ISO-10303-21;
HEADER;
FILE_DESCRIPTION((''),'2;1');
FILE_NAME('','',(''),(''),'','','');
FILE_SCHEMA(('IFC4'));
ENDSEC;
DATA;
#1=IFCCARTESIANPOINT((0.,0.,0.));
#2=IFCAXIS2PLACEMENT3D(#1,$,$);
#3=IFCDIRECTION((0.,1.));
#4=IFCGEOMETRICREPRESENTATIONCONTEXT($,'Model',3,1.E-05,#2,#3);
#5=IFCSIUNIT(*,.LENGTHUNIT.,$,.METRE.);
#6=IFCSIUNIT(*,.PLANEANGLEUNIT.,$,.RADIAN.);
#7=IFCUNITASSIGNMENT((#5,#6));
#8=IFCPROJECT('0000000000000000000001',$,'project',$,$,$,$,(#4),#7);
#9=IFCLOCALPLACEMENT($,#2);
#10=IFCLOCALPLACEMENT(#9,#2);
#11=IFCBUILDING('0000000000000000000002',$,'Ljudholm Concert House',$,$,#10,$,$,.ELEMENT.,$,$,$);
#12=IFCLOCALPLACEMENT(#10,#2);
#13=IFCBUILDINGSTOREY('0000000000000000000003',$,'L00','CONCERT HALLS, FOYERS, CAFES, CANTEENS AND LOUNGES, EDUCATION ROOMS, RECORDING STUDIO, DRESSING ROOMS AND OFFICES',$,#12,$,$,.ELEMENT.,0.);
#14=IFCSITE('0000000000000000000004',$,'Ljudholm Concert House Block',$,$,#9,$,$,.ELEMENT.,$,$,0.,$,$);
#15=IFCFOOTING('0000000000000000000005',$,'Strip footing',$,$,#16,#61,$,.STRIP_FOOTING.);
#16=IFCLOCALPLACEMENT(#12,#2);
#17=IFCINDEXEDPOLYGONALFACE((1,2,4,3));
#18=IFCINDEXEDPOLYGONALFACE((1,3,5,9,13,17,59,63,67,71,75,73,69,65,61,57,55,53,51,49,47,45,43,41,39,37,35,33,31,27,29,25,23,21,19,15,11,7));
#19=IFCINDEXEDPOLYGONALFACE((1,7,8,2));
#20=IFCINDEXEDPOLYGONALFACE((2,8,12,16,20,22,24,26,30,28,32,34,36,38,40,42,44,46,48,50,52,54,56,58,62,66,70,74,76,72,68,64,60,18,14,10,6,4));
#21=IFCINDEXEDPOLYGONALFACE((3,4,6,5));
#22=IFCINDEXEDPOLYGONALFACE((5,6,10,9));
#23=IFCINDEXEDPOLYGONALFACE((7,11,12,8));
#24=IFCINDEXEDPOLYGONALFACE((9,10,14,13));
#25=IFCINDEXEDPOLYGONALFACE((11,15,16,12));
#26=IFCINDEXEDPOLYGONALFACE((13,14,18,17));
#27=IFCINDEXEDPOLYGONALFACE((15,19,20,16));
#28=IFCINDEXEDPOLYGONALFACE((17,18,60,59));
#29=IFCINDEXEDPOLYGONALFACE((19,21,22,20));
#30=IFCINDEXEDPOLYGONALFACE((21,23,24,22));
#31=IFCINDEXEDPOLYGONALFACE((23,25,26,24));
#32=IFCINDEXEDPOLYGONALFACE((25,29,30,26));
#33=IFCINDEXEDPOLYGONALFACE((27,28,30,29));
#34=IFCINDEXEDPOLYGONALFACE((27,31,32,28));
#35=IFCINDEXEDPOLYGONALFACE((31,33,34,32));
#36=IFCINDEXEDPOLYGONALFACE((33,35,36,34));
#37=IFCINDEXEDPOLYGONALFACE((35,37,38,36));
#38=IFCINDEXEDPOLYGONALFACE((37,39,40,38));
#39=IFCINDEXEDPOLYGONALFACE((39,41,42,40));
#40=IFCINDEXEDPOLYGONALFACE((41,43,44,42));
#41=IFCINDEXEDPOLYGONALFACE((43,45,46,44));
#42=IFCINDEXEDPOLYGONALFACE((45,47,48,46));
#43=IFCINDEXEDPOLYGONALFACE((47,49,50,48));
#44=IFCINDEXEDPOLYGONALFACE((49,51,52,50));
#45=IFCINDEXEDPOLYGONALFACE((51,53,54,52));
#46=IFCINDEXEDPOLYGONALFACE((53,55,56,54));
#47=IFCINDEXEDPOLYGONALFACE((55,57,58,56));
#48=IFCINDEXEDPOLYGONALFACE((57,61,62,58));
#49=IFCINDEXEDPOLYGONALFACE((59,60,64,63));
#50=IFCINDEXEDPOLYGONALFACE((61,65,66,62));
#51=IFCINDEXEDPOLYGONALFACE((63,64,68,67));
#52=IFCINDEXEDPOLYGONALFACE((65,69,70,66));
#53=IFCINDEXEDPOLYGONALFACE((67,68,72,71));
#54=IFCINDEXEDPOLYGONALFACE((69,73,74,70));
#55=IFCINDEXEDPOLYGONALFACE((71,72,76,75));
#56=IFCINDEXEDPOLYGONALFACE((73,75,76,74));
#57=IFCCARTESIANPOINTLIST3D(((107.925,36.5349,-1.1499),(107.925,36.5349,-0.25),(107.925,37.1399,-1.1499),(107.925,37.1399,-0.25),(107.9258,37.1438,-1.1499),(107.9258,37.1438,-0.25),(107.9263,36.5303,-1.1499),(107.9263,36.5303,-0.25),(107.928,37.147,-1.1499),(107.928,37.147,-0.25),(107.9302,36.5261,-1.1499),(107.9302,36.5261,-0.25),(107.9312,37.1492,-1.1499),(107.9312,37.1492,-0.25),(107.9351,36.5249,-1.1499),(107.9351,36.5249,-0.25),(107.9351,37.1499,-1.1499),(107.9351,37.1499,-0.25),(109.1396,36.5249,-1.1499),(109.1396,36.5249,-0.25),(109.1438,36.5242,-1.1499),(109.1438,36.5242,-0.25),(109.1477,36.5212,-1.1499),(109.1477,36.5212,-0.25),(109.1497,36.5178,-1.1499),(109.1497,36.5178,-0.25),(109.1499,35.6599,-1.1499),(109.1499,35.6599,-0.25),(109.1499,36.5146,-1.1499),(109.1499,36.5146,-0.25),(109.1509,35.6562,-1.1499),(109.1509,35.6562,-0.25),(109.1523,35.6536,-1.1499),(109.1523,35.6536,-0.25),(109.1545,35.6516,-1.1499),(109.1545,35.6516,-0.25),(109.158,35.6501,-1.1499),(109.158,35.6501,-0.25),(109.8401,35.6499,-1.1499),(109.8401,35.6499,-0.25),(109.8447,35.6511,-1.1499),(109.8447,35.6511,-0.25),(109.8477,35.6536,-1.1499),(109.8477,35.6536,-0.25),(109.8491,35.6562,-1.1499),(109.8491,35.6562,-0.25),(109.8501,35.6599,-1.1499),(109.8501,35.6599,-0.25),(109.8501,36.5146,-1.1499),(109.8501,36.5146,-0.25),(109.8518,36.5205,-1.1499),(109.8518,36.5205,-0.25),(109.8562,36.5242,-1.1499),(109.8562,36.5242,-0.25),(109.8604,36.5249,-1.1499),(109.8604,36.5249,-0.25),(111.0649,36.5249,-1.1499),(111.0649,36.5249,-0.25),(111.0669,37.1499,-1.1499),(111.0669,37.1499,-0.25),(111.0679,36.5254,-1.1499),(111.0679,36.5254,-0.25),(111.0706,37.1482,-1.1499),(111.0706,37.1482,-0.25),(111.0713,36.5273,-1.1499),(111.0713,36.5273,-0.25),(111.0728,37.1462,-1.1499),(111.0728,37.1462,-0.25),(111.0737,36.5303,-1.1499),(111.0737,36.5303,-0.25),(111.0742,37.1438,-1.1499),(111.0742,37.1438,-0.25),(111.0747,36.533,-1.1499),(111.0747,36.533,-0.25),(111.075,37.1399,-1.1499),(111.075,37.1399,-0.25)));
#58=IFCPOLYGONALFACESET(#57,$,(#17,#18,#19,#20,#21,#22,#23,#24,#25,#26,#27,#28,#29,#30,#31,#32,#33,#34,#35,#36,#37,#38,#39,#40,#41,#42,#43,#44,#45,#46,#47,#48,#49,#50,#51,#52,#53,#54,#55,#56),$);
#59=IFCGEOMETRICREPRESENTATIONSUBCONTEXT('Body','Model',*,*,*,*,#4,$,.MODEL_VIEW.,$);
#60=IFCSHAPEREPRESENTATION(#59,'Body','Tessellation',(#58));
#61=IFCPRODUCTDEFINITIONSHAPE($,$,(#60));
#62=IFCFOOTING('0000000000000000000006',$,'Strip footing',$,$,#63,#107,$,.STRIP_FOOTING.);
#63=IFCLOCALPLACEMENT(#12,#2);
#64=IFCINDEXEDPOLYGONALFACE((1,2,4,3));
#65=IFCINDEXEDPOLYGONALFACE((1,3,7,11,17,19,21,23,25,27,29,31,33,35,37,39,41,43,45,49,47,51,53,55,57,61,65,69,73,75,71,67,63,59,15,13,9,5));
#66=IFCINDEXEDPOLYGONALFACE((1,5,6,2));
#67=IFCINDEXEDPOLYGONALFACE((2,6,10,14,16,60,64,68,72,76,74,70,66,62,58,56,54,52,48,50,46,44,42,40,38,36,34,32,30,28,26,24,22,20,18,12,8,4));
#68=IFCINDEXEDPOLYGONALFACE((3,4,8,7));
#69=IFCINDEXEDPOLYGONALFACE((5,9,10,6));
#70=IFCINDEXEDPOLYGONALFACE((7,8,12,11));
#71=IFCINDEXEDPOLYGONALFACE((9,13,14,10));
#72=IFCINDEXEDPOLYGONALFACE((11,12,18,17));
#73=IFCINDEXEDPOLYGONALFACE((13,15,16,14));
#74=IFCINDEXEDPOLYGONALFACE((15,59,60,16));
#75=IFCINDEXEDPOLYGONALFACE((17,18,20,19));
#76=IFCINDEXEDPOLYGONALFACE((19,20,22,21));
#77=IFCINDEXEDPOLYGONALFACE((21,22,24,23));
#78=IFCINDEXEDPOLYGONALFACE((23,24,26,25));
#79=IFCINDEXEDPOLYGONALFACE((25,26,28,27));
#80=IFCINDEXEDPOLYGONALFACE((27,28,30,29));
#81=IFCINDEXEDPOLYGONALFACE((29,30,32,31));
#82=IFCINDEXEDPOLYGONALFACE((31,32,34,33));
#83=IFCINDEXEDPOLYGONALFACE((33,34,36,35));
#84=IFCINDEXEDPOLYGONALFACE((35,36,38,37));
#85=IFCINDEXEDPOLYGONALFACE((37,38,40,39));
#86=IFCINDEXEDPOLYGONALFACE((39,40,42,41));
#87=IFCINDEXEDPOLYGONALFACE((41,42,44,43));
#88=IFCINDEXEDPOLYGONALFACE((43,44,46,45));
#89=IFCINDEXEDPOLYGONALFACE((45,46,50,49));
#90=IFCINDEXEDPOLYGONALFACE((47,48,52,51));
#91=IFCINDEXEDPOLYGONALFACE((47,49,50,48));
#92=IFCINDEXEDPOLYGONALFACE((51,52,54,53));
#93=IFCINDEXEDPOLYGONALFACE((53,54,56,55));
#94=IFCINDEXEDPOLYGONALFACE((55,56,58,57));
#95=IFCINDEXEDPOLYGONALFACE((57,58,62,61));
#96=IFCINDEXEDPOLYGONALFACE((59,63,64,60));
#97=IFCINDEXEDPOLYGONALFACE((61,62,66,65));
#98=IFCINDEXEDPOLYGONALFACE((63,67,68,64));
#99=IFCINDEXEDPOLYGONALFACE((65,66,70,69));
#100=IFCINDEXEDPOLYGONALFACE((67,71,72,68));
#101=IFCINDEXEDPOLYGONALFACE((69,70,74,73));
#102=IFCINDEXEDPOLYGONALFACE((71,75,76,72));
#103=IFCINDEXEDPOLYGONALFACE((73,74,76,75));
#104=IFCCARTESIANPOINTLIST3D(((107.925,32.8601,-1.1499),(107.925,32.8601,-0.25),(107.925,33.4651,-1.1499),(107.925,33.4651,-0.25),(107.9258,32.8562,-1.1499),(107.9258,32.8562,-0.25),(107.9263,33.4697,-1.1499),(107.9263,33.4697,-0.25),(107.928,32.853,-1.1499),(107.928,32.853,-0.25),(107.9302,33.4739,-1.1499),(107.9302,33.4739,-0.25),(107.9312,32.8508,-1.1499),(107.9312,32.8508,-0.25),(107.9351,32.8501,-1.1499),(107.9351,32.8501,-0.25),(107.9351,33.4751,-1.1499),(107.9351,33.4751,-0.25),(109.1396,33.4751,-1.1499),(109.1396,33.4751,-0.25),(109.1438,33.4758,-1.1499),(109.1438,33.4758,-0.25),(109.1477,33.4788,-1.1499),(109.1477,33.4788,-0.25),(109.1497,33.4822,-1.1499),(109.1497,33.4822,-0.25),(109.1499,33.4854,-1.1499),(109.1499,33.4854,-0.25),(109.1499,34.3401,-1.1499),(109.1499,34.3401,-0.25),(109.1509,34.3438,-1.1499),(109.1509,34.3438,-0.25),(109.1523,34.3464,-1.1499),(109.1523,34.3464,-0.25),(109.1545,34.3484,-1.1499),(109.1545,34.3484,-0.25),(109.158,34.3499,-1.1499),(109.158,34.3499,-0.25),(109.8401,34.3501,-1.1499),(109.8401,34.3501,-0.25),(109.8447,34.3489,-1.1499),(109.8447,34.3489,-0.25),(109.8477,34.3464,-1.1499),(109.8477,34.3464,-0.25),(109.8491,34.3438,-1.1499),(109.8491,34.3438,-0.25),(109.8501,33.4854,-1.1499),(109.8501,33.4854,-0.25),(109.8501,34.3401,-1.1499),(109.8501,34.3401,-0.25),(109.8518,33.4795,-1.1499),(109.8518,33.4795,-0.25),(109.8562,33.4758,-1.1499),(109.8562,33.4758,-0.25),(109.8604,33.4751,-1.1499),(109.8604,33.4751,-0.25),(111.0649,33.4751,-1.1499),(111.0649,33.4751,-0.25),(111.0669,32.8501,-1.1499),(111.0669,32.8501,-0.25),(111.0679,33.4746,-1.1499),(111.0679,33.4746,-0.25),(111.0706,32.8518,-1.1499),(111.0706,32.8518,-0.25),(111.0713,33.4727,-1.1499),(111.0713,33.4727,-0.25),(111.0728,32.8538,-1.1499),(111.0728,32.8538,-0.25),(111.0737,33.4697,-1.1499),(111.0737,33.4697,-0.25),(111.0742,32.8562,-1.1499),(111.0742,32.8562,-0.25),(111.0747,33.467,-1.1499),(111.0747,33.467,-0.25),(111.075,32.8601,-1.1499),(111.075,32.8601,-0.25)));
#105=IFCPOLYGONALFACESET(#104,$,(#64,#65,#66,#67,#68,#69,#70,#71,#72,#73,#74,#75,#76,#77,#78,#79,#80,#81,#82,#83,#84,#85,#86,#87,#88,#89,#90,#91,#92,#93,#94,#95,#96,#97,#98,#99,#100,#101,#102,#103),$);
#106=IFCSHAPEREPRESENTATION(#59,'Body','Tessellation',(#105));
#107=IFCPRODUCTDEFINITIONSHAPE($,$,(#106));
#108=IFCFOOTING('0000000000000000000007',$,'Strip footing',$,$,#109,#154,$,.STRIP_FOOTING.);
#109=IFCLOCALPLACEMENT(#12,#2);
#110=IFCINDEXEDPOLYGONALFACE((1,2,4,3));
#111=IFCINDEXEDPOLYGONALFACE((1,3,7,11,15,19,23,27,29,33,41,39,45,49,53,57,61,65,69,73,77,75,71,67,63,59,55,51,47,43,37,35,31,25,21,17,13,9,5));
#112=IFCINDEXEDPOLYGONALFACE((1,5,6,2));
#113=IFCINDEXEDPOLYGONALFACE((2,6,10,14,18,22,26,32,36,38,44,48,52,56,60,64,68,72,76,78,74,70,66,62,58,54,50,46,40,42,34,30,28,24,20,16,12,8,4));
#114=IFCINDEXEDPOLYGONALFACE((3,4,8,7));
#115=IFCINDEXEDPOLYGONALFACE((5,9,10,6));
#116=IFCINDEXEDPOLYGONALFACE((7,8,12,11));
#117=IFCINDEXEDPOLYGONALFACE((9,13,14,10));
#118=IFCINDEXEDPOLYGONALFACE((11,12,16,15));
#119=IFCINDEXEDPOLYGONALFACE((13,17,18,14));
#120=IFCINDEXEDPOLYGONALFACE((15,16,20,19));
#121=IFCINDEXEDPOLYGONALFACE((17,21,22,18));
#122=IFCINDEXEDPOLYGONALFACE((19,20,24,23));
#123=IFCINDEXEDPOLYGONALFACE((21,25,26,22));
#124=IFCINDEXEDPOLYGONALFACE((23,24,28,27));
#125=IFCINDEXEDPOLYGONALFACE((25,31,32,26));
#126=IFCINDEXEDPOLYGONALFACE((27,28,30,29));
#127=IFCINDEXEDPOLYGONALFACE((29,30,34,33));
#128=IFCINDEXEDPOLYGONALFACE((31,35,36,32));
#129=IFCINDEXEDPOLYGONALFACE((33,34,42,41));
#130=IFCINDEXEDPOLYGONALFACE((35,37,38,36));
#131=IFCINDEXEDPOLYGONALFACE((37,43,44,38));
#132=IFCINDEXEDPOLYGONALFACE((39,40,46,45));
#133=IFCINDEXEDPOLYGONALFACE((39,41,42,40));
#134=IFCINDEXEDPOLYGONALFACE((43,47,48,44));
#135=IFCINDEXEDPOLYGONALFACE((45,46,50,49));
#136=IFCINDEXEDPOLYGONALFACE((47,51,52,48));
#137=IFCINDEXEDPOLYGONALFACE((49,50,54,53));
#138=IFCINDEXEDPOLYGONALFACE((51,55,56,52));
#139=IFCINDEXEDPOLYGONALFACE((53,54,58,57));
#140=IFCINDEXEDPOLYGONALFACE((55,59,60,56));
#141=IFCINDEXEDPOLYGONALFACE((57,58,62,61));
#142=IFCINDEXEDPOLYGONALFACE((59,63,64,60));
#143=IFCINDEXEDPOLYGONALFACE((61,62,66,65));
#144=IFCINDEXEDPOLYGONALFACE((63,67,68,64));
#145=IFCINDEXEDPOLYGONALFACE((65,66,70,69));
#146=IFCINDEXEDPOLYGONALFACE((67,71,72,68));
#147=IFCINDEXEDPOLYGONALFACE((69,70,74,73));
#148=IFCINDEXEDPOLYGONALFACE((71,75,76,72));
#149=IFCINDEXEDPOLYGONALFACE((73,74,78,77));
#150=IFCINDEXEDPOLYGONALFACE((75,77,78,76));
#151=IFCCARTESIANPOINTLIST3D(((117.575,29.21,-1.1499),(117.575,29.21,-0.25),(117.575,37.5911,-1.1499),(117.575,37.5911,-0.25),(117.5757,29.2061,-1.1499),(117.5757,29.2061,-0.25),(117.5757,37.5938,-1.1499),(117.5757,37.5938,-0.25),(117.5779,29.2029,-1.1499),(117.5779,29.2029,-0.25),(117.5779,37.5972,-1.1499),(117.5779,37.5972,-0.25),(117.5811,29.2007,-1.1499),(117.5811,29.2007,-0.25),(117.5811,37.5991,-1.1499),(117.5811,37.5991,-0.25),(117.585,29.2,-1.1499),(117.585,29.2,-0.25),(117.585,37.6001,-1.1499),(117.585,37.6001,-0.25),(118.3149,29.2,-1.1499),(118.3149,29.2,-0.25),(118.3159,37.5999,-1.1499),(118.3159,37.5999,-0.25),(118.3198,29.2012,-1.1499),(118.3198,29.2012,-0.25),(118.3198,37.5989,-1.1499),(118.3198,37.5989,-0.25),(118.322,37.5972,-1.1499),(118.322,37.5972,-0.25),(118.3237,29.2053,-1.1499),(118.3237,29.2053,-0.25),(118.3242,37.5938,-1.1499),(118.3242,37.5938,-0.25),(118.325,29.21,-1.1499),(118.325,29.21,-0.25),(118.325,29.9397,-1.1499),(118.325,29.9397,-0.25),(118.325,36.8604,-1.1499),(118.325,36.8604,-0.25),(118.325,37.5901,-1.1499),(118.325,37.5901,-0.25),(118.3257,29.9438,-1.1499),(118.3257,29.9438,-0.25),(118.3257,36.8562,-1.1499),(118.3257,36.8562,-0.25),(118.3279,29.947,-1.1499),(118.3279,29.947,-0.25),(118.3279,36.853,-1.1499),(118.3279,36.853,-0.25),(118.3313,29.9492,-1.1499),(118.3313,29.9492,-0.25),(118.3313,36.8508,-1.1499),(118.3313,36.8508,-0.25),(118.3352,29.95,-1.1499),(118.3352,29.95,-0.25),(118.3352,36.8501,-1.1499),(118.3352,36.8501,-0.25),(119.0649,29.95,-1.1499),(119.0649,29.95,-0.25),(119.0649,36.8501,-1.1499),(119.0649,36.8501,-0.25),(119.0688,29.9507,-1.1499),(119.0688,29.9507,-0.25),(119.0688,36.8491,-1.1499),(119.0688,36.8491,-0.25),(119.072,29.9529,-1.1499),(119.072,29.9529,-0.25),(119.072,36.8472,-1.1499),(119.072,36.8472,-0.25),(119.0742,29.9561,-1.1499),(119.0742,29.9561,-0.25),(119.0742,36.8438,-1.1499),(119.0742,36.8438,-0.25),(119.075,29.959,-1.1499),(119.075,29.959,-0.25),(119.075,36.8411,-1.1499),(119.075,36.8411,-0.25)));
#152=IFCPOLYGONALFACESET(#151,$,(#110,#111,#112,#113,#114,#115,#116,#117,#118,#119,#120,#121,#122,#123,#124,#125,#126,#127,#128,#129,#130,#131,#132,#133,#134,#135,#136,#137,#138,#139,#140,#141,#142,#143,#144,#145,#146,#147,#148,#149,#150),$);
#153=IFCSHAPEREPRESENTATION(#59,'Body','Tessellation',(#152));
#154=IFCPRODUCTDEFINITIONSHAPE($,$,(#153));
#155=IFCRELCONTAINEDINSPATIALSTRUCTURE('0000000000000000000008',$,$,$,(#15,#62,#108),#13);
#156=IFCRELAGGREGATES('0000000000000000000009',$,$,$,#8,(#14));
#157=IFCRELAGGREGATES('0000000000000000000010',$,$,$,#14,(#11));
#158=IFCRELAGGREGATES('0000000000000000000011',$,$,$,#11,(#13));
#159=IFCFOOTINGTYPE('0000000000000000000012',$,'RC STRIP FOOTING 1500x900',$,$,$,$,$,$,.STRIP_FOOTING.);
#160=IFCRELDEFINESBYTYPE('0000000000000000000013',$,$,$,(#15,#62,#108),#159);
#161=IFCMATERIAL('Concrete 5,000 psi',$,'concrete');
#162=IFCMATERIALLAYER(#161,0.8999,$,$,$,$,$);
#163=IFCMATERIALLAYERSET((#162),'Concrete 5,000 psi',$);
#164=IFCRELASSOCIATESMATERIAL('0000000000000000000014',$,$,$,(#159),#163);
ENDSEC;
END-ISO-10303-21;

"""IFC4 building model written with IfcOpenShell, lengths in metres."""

from ifc_helpers import new_model, si_unit, direction, frame, origin, place, context, subcontext, project, spatial, polyline, outline, extrude, material, layer, layer_set, type_object, element, save


model = new_model("IFC4")

# Units and contexts
model_context = context("Model", 3, precision=1e-05, world=origin(), true_north=direction((0.0, 1.0)))
body_context = subcontext(model_context, "Body", "Model", "MODEL_VIEW")
ifc_project = project(units=[si_unit("LENGTHUNIT", "METRE"), si_unit("PLANEANGLEUNIT", "RADIAN")], contexts=[model_context])

# Site, building, storey
site_placement = place(None, origin())
site = spatial("IfcSite", under=ifc_project, at=site_placement, Name="Ljudholm Concert House Block", CompositionType="ELEMENT", RefElevation=0.0)
building_placement = place(site_placement, origin())
building = spatial("IfcBuilding", under=site, at=building_placement, Name="Ljudholm Concert House", CompositionType="ELEMENT")
storey_placement = place(building_placement, origin())
storey = spatial("IfcBuildingStorey", under=building, at=storey_placement, Name="L00", Description="CONCERT HALLS, FOYERS, CAFES, CANTEENS AND LOUNGES, EDUCATION ROOMS, RECORDING STUDIO, DRESSING ROOMS AND OFFICES", CompositionType="ELEMENT", Elevation=0.0)

# Footings
ifc_material = material(Name="Concrete 5,000 psi", Category="concrete")
ifc_layer = layer(ifc_material, 0.8999)
ifc_layer_set = layer_set([ifc_layer], Name="Concrete 5,000 psi")
footing_type = type_object("IfcFootingType", Name="RC STRIP FOOTING 1500x900", PredefinedType="STRIP_FOOTING", material=ifc_layer_set)
footing_1_placement = place(storey_placement, frame((0.0, 0.0, -1.1499)))
element("IfcFooting", 1, at=footing_1_placement, inside=storey, type_object=footing_type, Name="Strip footing", PredefinedType="STRIP_FOOTING", context=body_context, shape_type="SweptSolid", body=[
    extrude(outline(polyline([(107.925, 37.1399), (107.925, 36.5349), (107.9263, 36.5303), (107.9302, 36.5261), (107.9351, 36.5249), (109.1396, 36.5249), (109.1438, 36.5242), (109.1477, 36.5212), (109.1497, 36.5178), (109.1499, 36.5146), (109.1499, 35.6599), (109.1509, 35.6562), (109.1523, 35.6536), (109.1545, 35.6516), (109.158, 35.6501), (109.8401, 35.6499), (109.8447, 35.6511), (109.8477, 35.6536), (109.8491, 35.6562), (109.8501, 35.6599), (109.8501, 36.5146), (109.8518, 36.5205), (109.8562, 36.5242), (109.8604, 36.5249), (111.0649, 36.5249), (111.0679, 36.5254), (111.0713, 36.5273), (111.0737, 36.5303), (111.0747, 36.533), (111.075, 37.1399), (111.0742, 37.1438), (111.0728, 37.1462), (111.0706, 37.1482), (111.0669, 37.1499), (107.9351, 37.1499), (107.9312, 37.1492), (107.928, 37.147), (107.9258, 37.1438), (107.925, 37.1399)])), origin(), (0.0, 0.0, 1.0), 0.8999),
])
footing_2_placement = place(storey_placement, frame((0.0, 0.0, -1.1499)))
element("IfcFooting", 2, at=footing_2_placement, inside=storey, type_object=footing_type, Name="Strip footing", PredefinedType="STRIP_FOOTING", context=body_context, shape_type="SweptSolid", body=[
    extrude(outline(polyline([(107.9351, 32.8501), (111.0669, 32.8501), (111.0706, 32.8518), (111.0728, 32.8538), (111.0742, 32.8562), (111.075, 32.8601), (111.0747, 33.467), (111.0737, 33.4697), (111.0713, 33.4727), (111.0679, 33.4746), (111.0649, 33.4751), (109.8604, 33.4751), (109.8562, 33.4758), (109.8518, 33.4795), (109.8501, 33.4854), (109.8501, 34.3401), (109.8491, 34.3438), (109.8477, 34.3464), (109.8447, 34.3489), (109.8401, 34.3501), (109.158, 34.3499), (109.1545, 34.3484), (109.1523, 34.3464), (109.1509, 34.3438), (109.1499, 34.3401), (109.1499, 33.4854), (109.1497, 33.4822), (109.1477, 33.4788), (109.1438, 33.4758), (109.1396, 33.4751), (107.9351, 33.4751), (107.9302, 33.4739), (107.9263, 33.4697), (107.925, 33.4651), (107.925, 32.8601), (107.9258, 32.8562), (107.928, 32.853), (107.9312, 32.8508), (107.9351, 32.8501)])), origin(), (0.0, 0.0, 1.0), 0.8999),
])
footing_3_placement = place(storey_placement, frame((0.0, 0.0, -1.1499)))
element("IfcFooting", 3, at=footing_3_placement, inside=storey, type_object=footing_type, Name="Strip footing", PredefinedType="STRIP_FOOTING", context=body_context, shape_type="SweptSolid", body=[
    extrude(outline(polyline([(117.585, 29.2), (118.3149, 29.2), (118.3198, 29.2012), (118.3237, 29.2053), (118.325, 29.21), (118.325, 29.9397), (118.3257, 29.9438), (118.3279, 29.947), (118.3313, 29.9492), (118.3352, 29.95), (119.0649, 29.95), (119.0688, 29.9507), (119.072, 29.9529), (119.0742, 29.9561), (119.075, 29.959), (119.075, 36.8411), (119.0742, 36.8438), (119.072, 36.8472), (119.0688, 36.8491), (119.0649, 36.8501), (118.3352, 36.8501), (118.3313, 36.8508), (118.3279, 36.853), (118.3257, 36.8562), (118.325, 36.8604), (118.325, 37.5901), (118.3242, 37.5938), (118.322, 37.5972), (118.3198, 37.5989), (118.3159, 37.5999), (117.585, 37.6001), (117.5811, 37.5991), (117.5779, 37.5972), (117.5757, 37.5938), (117.575, 37.5911), (117.575, 29.21), (117.5757, 29.2061), (117.5779, 29.2029), (117.5811, 29.2007), (117.585, 29.2)])), origin(), (0.0, 0.0, 1.0), 0.8999),
])

save(model, "model.ifc")
